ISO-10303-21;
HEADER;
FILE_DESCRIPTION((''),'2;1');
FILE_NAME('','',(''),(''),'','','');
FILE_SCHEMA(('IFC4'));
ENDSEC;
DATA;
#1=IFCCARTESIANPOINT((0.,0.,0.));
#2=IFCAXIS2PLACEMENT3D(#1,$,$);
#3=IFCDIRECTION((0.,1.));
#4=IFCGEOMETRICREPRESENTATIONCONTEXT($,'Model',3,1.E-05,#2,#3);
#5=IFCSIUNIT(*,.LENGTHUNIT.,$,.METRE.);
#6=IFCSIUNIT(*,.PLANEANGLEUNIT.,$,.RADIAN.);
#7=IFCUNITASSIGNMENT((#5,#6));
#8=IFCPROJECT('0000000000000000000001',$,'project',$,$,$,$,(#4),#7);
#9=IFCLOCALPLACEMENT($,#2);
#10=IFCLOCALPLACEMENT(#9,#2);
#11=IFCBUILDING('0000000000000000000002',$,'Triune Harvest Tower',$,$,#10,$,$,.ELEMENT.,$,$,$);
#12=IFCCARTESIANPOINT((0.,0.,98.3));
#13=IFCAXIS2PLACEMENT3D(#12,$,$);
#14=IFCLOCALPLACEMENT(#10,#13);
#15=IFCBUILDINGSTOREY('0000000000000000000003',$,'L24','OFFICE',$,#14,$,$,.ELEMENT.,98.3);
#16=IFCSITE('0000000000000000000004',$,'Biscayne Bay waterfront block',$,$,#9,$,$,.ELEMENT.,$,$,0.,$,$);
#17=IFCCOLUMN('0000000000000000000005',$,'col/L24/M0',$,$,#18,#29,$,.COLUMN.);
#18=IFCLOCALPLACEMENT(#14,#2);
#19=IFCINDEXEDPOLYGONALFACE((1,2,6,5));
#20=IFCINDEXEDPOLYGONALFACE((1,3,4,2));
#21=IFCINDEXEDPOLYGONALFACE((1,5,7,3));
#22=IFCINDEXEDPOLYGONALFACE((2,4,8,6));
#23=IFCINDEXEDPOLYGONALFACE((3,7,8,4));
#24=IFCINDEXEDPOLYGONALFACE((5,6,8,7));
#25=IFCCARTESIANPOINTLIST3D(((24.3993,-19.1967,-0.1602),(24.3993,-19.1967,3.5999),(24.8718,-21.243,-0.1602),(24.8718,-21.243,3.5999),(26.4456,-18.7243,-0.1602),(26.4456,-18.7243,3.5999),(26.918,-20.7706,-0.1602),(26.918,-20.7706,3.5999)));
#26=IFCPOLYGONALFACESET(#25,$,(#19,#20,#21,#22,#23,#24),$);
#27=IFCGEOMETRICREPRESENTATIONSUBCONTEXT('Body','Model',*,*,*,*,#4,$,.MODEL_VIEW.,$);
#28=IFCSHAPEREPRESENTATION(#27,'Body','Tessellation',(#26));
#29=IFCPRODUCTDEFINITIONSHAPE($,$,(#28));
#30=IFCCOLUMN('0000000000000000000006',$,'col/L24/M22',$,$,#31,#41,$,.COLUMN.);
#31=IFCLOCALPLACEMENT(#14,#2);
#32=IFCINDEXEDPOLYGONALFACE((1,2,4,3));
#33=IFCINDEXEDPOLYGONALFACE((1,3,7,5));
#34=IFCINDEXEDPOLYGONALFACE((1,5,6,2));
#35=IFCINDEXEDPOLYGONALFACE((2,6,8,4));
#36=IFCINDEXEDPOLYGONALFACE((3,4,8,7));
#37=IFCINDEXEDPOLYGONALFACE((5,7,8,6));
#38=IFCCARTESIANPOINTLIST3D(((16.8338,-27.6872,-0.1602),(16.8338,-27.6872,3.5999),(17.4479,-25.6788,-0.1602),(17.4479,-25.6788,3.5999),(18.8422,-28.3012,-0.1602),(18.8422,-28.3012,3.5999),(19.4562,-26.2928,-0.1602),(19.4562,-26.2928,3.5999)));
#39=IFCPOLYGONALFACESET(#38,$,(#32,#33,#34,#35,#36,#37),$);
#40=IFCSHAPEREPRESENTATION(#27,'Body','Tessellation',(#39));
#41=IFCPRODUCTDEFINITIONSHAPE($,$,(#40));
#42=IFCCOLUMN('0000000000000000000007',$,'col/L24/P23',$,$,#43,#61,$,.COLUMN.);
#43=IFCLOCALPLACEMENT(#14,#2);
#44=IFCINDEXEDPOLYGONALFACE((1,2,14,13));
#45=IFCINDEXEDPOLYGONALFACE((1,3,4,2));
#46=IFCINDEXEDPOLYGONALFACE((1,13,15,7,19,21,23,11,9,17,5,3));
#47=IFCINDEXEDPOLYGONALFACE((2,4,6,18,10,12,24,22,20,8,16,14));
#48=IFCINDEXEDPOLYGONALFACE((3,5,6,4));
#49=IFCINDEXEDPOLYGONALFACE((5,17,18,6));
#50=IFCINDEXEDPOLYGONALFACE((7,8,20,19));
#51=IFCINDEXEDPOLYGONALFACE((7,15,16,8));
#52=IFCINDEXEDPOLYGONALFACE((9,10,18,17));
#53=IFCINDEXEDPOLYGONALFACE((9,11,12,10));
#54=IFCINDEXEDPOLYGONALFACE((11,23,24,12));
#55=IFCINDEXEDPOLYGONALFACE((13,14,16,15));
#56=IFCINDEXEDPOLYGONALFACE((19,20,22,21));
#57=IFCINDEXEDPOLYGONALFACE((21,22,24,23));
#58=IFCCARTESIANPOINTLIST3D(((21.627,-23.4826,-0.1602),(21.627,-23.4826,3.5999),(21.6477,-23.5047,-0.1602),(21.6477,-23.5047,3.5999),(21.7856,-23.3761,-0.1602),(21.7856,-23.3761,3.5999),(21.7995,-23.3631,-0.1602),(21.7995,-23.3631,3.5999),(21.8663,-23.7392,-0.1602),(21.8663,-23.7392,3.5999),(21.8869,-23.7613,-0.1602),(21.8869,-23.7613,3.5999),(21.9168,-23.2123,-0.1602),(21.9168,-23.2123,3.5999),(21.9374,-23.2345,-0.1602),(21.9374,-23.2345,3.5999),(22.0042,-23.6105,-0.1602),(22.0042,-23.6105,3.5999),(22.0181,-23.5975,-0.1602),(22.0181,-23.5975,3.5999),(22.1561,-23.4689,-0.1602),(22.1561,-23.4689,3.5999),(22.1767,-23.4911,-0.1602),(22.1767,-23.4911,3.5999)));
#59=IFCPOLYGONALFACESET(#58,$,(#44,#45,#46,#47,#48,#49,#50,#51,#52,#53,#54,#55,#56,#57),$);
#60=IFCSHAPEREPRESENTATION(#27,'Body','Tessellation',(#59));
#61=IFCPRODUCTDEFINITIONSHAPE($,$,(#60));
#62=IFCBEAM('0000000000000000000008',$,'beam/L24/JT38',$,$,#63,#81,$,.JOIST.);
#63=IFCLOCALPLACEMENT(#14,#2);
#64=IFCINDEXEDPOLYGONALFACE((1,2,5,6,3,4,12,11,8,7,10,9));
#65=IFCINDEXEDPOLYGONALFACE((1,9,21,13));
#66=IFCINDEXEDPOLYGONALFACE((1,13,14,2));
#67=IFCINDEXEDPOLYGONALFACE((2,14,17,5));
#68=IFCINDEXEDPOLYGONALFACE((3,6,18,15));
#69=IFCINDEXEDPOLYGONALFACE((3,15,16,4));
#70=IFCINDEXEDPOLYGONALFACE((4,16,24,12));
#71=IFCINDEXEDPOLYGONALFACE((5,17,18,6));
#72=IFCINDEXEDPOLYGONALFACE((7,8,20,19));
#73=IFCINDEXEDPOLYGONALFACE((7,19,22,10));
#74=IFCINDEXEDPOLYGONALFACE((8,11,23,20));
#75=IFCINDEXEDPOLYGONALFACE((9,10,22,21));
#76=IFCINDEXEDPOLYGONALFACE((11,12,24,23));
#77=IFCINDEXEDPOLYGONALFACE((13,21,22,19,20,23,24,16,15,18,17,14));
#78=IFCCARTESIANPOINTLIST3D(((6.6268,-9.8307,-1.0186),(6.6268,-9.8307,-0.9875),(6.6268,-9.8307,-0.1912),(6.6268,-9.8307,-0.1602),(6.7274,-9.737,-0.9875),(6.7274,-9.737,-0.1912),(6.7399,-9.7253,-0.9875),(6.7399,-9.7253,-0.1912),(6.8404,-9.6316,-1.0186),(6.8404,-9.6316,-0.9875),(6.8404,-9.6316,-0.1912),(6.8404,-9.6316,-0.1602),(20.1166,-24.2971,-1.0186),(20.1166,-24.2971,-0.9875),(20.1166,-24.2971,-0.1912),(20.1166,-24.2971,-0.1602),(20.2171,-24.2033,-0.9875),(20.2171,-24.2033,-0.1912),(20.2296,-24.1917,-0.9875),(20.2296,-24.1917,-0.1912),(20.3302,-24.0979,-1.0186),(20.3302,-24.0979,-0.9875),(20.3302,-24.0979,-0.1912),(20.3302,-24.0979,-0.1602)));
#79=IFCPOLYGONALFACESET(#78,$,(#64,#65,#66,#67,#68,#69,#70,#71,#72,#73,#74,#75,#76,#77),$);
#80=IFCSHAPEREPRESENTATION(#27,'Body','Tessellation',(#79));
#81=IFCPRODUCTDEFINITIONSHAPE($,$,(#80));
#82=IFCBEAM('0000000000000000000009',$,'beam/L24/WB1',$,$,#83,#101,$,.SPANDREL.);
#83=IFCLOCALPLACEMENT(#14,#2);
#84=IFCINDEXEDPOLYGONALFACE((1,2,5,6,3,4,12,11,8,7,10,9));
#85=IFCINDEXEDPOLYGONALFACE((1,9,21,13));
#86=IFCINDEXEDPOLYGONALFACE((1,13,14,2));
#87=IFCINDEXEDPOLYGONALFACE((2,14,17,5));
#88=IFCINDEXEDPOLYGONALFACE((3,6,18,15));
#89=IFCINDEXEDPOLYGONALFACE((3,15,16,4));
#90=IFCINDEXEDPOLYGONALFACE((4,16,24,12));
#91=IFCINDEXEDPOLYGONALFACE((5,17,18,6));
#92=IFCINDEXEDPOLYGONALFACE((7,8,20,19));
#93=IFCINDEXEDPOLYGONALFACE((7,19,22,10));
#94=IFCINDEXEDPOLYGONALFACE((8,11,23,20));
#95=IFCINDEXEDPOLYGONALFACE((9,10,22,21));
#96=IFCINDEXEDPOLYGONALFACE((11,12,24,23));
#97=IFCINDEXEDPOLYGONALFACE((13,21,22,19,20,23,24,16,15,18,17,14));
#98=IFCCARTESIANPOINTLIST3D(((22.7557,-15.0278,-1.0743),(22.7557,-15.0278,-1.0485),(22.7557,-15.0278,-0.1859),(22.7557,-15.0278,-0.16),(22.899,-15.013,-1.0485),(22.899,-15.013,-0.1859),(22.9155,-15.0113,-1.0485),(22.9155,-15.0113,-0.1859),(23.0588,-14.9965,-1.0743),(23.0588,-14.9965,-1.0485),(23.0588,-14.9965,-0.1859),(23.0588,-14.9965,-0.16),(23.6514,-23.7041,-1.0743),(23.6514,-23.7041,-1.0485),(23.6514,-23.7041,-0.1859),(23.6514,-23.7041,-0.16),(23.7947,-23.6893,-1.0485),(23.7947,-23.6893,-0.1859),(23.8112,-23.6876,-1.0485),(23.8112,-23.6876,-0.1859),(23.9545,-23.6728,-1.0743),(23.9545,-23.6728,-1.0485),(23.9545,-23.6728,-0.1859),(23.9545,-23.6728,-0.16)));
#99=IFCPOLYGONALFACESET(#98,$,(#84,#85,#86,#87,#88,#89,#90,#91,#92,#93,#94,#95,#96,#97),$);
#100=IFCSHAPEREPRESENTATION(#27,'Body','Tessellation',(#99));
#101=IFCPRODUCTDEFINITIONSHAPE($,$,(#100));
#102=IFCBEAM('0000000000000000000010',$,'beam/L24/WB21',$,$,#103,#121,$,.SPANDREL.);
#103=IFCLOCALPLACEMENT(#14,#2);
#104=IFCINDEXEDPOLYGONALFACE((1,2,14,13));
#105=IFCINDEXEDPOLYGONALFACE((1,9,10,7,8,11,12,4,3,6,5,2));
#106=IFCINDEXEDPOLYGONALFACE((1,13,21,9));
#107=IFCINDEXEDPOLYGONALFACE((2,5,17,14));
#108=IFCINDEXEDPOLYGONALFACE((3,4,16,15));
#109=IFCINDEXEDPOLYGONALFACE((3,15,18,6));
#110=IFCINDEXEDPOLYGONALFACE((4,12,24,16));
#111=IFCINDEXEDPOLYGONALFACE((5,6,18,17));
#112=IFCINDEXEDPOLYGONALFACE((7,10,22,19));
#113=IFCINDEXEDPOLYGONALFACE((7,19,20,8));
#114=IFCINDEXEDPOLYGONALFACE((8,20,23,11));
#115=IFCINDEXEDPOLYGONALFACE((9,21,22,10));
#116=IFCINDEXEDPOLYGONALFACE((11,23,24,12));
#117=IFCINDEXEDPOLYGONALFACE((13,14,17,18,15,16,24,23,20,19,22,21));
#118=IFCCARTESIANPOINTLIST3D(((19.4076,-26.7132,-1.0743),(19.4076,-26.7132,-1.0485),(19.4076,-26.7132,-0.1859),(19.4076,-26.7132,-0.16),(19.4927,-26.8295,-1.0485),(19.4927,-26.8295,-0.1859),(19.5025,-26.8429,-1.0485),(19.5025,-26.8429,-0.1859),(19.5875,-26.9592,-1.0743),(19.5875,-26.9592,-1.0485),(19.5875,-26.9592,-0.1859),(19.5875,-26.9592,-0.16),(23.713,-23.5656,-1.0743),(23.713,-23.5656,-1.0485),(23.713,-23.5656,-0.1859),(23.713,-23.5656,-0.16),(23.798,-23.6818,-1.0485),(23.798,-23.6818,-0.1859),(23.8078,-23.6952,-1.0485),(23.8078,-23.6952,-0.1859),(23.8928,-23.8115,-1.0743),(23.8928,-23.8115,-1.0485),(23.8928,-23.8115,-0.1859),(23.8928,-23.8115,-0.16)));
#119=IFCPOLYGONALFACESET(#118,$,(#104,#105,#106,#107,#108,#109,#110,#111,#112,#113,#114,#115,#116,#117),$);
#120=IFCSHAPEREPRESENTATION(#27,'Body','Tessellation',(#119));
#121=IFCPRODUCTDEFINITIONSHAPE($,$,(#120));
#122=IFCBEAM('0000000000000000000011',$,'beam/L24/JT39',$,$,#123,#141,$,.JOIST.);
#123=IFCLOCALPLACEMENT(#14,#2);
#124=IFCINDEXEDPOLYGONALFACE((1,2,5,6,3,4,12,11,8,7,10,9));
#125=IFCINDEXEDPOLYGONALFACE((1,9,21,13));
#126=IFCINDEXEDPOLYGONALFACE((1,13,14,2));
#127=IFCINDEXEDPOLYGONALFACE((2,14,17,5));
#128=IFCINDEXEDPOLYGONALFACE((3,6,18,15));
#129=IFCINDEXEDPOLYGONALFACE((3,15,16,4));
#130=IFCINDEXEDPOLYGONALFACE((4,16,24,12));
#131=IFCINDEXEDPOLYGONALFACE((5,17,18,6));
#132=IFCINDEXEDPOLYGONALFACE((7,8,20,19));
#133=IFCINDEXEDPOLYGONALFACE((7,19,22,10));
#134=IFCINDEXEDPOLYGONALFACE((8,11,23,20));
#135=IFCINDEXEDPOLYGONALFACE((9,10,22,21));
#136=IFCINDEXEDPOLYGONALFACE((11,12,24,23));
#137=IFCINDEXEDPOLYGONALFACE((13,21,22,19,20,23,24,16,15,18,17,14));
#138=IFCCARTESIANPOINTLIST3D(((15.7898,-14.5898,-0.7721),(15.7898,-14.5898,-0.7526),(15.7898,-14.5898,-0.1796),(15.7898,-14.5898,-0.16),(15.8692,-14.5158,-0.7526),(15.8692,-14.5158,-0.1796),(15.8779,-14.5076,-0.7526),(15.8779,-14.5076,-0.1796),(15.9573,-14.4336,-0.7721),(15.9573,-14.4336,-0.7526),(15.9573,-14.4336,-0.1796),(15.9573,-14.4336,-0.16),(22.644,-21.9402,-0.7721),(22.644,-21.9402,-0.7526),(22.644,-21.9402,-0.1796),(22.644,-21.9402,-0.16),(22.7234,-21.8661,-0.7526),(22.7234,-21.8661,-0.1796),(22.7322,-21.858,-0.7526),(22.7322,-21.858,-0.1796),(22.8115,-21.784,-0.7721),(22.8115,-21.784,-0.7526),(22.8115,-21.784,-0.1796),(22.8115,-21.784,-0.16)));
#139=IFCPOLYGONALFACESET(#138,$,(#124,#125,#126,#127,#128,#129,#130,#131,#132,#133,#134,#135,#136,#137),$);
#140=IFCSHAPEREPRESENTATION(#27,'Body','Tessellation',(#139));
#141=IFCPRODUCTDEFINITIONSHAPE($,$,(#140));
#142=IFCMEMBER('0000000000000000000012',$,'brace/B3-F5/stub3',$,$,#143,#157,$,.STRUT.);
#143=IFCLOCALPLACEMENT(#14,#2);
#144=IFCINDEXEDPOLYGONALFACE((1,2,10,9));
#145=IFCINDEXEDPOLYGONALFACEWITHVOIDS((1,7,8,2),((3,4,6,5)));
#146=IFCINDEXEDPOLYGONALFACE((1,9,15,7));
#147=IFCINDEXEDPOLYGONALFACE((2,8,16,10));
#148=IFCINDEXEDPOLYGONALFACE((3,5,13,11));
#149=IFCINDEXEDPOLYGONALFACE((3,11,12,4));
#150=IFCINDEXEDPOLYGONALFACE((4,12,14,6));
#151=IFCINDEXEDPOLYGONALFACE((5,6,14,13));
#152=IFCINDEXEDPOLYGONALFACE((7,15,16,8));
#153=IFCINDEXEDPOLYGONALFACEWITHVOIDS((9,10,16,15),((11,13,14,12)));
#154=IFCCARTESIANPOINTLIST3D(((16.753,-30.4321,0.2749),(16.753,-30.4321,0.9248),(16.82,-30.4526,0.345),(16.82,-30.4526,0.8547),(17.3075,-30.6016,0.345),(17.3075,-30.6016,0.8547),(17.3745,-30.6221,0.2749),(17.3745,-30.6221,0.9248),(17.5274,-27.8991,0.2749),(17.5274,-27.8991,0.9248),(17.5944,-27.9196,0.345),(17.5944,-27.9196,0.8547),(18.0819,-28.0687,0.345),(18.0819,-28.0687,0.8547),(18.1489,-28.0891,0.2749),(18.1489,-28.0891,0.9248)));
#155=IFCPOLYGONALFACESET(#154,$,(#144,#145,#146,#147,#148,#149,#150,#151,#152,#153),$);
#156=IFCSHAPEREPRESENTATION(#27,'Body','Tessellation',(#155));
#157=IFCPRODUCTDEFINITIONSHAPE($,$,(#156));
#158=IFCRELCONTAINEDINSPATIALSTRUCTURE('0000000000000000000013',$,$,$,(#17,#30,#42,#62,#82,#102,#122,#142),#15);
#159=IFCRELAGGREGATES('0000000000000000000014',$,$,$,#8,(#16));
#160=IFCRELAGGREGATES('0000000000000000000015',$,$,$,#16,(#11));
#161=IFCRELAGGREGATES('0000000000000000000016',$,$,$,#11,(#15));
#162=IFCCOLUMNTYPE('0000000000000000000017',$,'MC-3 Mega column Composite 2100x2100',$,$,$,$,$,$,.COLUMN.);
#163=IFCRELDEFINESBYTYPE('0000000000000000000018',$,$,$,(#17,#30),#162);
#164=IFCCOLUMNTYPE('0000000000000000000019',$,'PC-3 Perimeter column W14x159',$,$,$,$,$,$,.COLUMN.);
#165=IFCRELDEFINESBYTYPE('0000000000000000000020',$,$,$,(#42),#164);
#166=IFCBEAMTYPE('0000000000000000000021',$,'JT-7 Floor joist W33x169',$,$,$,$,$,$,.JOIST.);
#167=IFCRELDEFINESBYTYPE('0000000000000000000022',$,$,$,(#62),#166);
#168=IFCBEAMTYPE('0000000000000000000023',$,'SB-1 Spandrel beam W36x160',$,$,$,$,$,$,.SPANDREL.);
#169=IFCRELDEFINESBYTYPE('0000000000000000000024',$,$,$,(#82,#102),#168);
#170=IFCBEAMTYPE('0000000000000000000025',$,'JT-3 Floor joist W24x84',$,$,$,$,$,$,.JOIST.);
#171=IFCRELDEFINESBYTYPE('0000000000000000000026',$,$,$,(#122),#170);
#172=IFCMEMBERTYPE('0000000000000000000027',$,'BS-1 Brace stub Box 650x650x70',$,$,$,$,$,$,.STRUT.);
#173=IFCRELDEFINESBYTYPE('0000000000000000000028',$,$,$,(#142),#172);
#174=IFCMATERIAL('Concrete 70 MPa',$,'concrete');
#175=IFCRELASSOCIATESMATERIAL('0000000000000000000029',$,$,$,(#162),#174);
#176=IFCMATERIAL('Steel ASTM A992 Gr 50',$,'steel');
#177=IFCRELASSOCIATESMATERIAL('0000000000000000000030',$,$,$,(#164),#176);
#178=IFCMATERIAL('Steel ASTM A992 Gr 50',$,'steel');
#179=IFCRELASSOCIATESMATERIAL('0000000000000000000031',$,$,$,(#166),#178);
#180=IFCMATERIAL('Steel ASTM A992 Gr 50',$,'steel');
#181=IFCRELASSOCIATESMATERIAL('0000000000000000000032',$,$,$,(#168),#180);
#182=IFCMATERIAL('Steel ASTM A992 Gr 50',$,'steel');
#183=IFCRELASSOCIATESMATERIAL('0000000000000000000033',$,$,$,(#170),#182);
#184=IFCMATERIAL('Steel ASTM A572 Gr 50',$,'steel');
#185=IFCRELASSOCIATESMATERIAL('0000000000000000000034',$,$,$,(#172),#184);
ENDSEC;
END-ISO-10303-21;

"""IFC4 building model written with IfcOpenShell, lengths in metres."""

from ifc_helpers import new_model, si_unit, direction, frame, origin, origin_2d, place, context, subcontext, project, spatial, rectangle, hollow_rectangle, i_section, extrude, source, transform, mapped, material, material_profile, profile_set, type_object, element, save


model = new_model("IFC4")

# Units and contexts
model_context = context("Model", 3, precision=1e-05, world=origin(), true_north=direction((0.0, 1.0)))
body_context = subcontext(model_context, "Body", "Model", "MODEL_VIEW")
ifc_project = project(units=[si_unit("LENGTHUNIT", "METRE"), si_unit("PLANEANGLEUNIT", "RADIAN")], contexts=[model_context])

# Site, building, storey
site_placement = place(None, origin())
site = spatial("IfcSite", under=ifc_project, at=site_placement, Name="Biscayne Bay waterfront block", CompositionType="ELEMENT", RefElevation=0.0)
building_placement = place(site_placement, origin())
building = spatial("IfcBuilding", under=site, at=building_placement, Name="Triune Harvest Tower", CompositionType="ELEMENT")
storey_placement = place(building_placement, frame((0.0, 0.0, 98.3)))
storey = spatial("IfcBuildingStorey", under=building, at=storey_placement, Name="L24", Description="OFFICE", CompositionType="ELEMENT", Elevation=98.3)

# Columns
ifc_material_1 = material(Name="Concrete 70 MPa", Category="concrete")
ifc_material_profile_1 = material_profile(ifc_material_1, rectangle(XDim=2.1001, YDim=2.1001, at=origin_2d()), Name="Composite 2100x2100")
ifc_profile_set_1 = profile_set([ifc_material_profile_1], Name="Concrete 70 MPa")
column_type_1 = type_object("IfcColumnType", Name="MC-3 Mega column Composite 2100x2100", PredefinedType="COLUMN", material=ifc_profile_set_1)
shared_shape_1 = source(origin(), body_context, "Body", "SweptSolid", [
    extrude(rectangle(XDim=2.1001, YDim=2.1001, at=origin_2d()), origin(), (0.0, 0.0, 1.0), 3.76),
])
for number, where, z_axis, x_axis, name in (
    (1, (25.6587, -19.9836, -0.1602), (0.0, 0.0, 1.0), (-0.224953, 0.97437, 0.0), "col/L24/M0"),
    (2, (18.145, -26.99, -0.1602), (0.0, 0.0, 1.0), (0.956305, -0.292372, 0.0), "col/L24/M22"),
):
    element("IfcColumn", number, at=place(storey_placement, frame(where, z_axis=z_axis, x_axis=x_axis)), inside=storey, type_object=column_type_1, Name=name, PredefinedType="COLUMN", context=body_context, shape_type="MappedRepresentation", body=[
        mapped(shared_shape_1, transform((0.0, 0.0, 0.0), scale=1.0)),
    ])
ifc_material_2 = material(Name="Steel ASTM A992 Gr 50", Category="steel")
ifc_material_profile_2 = material_profile(ifc_material_2, i_section(OverallWidth=0.3962, OverallDepth=0.3811, WebThickness=0.019, FlangeThickness=0.0303, at=origin_2d()), Name="W14x159")
ifc_profile_set_2 = profile_set([ifc_material_profile_2], Name="Steel ASTM A992 Gr 50")
column_type_2 = type_object("IfcColumnType", Name="PC-3 Perimeter column W14x159", PredefinedType="COLUMN", material=ifc_profile_set_2)
shared_shape_2 = source(origin(), body_context, "Body", "SweptSolid", [
    extrude(i_section(OverallWidth=0.3962, OverallDepth=0.3811, WebThickness=0.019, FlangeThickness=0.0303, at=origin_2d()), origin(), (0.0, 0.0, 1.0), 3.76),
])
column_placement = place(storey_placement, frame((21.9019, -23.4868, -0.1602), z_axis=(0.0, 0.0, 1.0), x_axis=(0.731354, 0.681998, 0.0)))
element("IfcColumn", 3, at=column_placement, inside=storey, type_object=column_type_2, Name="col/L24/P23", PredefinedType="COLUMN", context=body_context, shape_type="MappedRepresentation", body=[
    mapped(shared_shape_2, transform((0.0, 0.0, 0.0), scale=1.0)),
])

# Beams
ifc_material_3 = material(Name="Steel ASTM A992 Gr 50", Category="steel")
ifc_material_profile_3 = material_profile(ifc_material_3, i_section(OverallWidth=0.292, OverallDepth=0.8584, WebThickness=0.0171, FlangeThickness=0.031, at=origin_2d()), Name="W33x169")
ifc_profile_set_3 = profile_set([ifc_material_profile_3], Name="Steel ASTM A992 Gr 50")
beam_type_1 = type_object("IfcBeamType", Name="JT-7 Floor joist W33x169", PredefinedType="JOIST", material=ifc_profile_set_3)
beam_1_placement = place(storey_placement, frame((20.2234, -24.1975, -0.5894), z_axis=(-0.68199, 0.731361, 0.0), x_axis=(-0.731361, -0.68199, 0.0)))
element("IfcBeam", 4, at=beam_1_placement, inside=storey, type_object=beam_type_1, Name="beam/L24/JT38", PredefinedType="JOIST", context=body_context, shape_type="SweptSolid", body=[
    extrude(i_section(OverallWidth=0.292, OverallDepth=0.8584, WebThickness=0.0171, FlangeThickness=0.031, at=origin_2d()), origin(), (0.0, 0.0, 1.0), 19.78),
])
ifc_material_4 = material(Name="Steel ASTM A992 Gr 50", Category="steel")
ifc_material_profile_4 = material_profile(ifc_material_4, i_section(OverallWidth=0.3047, OverallDepth=0.9143, WebThickness=0.0166, FlangeThickness=0.0259, at=origin_2d()), Name="W36x160")
ifc_profile_set_4 = profile_set([ifc_material_profile_4], Name="Steel ASTM A992 Gr 50")
beam_type_2 = type_object("IfcBeamType", Name="SB-1 Spandrel beam W36x160", PredefinedType="SPANDREL", material=ifc_profile_set_4)
shared_shape_3 = source(origin(), body_context, "Body", "SweptSolid", [
    extrude(i_section(OverallWidth=0.3047, OverallDepth=0.9143, WebThickness=0.0166, FlangeThickness=0.0259, at=origin_2d()), origin(), (0.0, 0.0, 1.0), 8.7224),
])
beam_2_placement = place(storey_placement, frame((23.803, -23.6885, -0.6172), z_axis=(-0.102696, 0.994713, 0.0), x_axis=(-0.994713, -0.102696, 0.0)))
element("IfcBeam", 5, at=beam_2_placement, inside=storey, type_object=beam_type_2, Name="beam/L24/WB1", PredefinedType="SPANDREL", context=body_context, shape_type="MappedRepresentation", body=[
    mapped(shared_shape_3, transform((0.0, 0.0, 0.0), scale=1.0)),
])
shared_shape_4 = source(origin(), body_context, "Body", "SweptSolid", [
    extrude(i_section(OverallWidth=0.3047, OverallDepth=0.9143, WebThickness=0.0166, FlangeThickness=0.0259, at=origin_2d()), origin(), (0.0, 0.0, 1.0), 5.3333),
])
beam_3_placement = place(storey_placement, frame((19.4976, -26.8362, -0.6172), z_axis=(0.807263, 0.590192, 0.0), x_axis=(-0.590192, 0.807263, 0.0)))
element("IfcBeam", 6, at=beam_3_placement, inside=storey, type_object=beam_type_2, Name="beam/L24/WB21", PredefinedType="SPANDREL", context=body_context, shape_type="MappedRepresentation", body=[
    mapped(shared_shape_4, transform((0.0, 0.0, 0.0), scale=1.0)),
])
ifc_material_5 = material(Name="Steel ASTM A992 Gr 50", Category="steel")
ifc_material_profile_5 = material_profile(ifc_material_5, i_section(OverallWidth=0.229, OverallDepth=0.6121, WebThickness=0.012, FlangeThickness=0.0195, at=origin_2d()), Name="W24x84")
ifc_profile_set_5 = profile_set([ifc_material_profile_5], Name="Steel ASTM A992 Gr 50")
beam_type_3 = type_object("IfcBeamType", Name="JT-3 Floor joist W24x84", PredefinedType="JOIST", material=ifc_profile_set_5)
shared_shape_5 = source(origin(), body_context, "Body", "SweptSolid", [
    extrude(i_section(OverallWidth=0.229, OverallDepth=0.6121, WebThickness=0.012, FlangeThickness=0.0195, at=origin_2d()), origin(), (0.0, 0.0, 1.0), 10.0503),
])
beam_4_placement = place(storey_placement, frame((22.7278, -21.8621, -0.4661), z_axis=(-0.681995, 0.731357, 0.0), x_axis=(-0.731357, -0.681995, 0.0)))
element("IfcBeam", 7, at=beam_4_placement, inside=storey, type_object=beam_type_3, Name="beam/L24/JT39", PredefinedType="JOIST", context=body_context, shape_type="MappedRepresentation", body=[
    mapped(shared_shape_5, transform((0.0, 0.0, 0.0), scale=1.0)),
])

# Member
ifc_material_6 = material(Name="Steel ASTM A572 Gr 50", Category="steel")
ifc_material_profile_6 = material_profile(ifc_material_6, hollow_rectangle(XDim=0.6499, YDim=0.6499, WallThickness=0.0701, at=origin_2d()), Name="Box 650x650x70")
ifc_profile_set_6 = profile_set([ifc_material_profile_6], Name="Steel ASTM A572 Gr 50")
member_type_1 = type_object("IfcMemberType", Name="BS-1 Brace stub Box 650x650x70", PredefinedType="STRUT", material=ifc_profile_set_6)
shared_shape_6 = source(origin(), body_context, "Body", "SweptSolid", [
    extrude(hollow_rectangle(XDim=0.6499, YDim=0.6499, WallThickness=0.0701, at=origin_2d()), origin(), (0.0, 0.0, 1.0), 2.6487),
])
member_1_placement = place(storey_placement, frame((17.8381, -27.9941, 0.5999), z_axis=(-0.292375, -0.956304, 0.0), x_axis=(0.956304, -0.292375, 0.0)))
element("IfcMember", 8, at=member_1_placement, inside=storey, type_object=member_type_1, Name="brace/B3-F5/stub3", PredefinedType="STRUT", context=body_context, shape_type="MappedRepresentation", body=[
    mapped(shared_shape_6, transform((0.0, 0.0, 0.0), scale=1.0)),
])

save(model, "model.ifc")
